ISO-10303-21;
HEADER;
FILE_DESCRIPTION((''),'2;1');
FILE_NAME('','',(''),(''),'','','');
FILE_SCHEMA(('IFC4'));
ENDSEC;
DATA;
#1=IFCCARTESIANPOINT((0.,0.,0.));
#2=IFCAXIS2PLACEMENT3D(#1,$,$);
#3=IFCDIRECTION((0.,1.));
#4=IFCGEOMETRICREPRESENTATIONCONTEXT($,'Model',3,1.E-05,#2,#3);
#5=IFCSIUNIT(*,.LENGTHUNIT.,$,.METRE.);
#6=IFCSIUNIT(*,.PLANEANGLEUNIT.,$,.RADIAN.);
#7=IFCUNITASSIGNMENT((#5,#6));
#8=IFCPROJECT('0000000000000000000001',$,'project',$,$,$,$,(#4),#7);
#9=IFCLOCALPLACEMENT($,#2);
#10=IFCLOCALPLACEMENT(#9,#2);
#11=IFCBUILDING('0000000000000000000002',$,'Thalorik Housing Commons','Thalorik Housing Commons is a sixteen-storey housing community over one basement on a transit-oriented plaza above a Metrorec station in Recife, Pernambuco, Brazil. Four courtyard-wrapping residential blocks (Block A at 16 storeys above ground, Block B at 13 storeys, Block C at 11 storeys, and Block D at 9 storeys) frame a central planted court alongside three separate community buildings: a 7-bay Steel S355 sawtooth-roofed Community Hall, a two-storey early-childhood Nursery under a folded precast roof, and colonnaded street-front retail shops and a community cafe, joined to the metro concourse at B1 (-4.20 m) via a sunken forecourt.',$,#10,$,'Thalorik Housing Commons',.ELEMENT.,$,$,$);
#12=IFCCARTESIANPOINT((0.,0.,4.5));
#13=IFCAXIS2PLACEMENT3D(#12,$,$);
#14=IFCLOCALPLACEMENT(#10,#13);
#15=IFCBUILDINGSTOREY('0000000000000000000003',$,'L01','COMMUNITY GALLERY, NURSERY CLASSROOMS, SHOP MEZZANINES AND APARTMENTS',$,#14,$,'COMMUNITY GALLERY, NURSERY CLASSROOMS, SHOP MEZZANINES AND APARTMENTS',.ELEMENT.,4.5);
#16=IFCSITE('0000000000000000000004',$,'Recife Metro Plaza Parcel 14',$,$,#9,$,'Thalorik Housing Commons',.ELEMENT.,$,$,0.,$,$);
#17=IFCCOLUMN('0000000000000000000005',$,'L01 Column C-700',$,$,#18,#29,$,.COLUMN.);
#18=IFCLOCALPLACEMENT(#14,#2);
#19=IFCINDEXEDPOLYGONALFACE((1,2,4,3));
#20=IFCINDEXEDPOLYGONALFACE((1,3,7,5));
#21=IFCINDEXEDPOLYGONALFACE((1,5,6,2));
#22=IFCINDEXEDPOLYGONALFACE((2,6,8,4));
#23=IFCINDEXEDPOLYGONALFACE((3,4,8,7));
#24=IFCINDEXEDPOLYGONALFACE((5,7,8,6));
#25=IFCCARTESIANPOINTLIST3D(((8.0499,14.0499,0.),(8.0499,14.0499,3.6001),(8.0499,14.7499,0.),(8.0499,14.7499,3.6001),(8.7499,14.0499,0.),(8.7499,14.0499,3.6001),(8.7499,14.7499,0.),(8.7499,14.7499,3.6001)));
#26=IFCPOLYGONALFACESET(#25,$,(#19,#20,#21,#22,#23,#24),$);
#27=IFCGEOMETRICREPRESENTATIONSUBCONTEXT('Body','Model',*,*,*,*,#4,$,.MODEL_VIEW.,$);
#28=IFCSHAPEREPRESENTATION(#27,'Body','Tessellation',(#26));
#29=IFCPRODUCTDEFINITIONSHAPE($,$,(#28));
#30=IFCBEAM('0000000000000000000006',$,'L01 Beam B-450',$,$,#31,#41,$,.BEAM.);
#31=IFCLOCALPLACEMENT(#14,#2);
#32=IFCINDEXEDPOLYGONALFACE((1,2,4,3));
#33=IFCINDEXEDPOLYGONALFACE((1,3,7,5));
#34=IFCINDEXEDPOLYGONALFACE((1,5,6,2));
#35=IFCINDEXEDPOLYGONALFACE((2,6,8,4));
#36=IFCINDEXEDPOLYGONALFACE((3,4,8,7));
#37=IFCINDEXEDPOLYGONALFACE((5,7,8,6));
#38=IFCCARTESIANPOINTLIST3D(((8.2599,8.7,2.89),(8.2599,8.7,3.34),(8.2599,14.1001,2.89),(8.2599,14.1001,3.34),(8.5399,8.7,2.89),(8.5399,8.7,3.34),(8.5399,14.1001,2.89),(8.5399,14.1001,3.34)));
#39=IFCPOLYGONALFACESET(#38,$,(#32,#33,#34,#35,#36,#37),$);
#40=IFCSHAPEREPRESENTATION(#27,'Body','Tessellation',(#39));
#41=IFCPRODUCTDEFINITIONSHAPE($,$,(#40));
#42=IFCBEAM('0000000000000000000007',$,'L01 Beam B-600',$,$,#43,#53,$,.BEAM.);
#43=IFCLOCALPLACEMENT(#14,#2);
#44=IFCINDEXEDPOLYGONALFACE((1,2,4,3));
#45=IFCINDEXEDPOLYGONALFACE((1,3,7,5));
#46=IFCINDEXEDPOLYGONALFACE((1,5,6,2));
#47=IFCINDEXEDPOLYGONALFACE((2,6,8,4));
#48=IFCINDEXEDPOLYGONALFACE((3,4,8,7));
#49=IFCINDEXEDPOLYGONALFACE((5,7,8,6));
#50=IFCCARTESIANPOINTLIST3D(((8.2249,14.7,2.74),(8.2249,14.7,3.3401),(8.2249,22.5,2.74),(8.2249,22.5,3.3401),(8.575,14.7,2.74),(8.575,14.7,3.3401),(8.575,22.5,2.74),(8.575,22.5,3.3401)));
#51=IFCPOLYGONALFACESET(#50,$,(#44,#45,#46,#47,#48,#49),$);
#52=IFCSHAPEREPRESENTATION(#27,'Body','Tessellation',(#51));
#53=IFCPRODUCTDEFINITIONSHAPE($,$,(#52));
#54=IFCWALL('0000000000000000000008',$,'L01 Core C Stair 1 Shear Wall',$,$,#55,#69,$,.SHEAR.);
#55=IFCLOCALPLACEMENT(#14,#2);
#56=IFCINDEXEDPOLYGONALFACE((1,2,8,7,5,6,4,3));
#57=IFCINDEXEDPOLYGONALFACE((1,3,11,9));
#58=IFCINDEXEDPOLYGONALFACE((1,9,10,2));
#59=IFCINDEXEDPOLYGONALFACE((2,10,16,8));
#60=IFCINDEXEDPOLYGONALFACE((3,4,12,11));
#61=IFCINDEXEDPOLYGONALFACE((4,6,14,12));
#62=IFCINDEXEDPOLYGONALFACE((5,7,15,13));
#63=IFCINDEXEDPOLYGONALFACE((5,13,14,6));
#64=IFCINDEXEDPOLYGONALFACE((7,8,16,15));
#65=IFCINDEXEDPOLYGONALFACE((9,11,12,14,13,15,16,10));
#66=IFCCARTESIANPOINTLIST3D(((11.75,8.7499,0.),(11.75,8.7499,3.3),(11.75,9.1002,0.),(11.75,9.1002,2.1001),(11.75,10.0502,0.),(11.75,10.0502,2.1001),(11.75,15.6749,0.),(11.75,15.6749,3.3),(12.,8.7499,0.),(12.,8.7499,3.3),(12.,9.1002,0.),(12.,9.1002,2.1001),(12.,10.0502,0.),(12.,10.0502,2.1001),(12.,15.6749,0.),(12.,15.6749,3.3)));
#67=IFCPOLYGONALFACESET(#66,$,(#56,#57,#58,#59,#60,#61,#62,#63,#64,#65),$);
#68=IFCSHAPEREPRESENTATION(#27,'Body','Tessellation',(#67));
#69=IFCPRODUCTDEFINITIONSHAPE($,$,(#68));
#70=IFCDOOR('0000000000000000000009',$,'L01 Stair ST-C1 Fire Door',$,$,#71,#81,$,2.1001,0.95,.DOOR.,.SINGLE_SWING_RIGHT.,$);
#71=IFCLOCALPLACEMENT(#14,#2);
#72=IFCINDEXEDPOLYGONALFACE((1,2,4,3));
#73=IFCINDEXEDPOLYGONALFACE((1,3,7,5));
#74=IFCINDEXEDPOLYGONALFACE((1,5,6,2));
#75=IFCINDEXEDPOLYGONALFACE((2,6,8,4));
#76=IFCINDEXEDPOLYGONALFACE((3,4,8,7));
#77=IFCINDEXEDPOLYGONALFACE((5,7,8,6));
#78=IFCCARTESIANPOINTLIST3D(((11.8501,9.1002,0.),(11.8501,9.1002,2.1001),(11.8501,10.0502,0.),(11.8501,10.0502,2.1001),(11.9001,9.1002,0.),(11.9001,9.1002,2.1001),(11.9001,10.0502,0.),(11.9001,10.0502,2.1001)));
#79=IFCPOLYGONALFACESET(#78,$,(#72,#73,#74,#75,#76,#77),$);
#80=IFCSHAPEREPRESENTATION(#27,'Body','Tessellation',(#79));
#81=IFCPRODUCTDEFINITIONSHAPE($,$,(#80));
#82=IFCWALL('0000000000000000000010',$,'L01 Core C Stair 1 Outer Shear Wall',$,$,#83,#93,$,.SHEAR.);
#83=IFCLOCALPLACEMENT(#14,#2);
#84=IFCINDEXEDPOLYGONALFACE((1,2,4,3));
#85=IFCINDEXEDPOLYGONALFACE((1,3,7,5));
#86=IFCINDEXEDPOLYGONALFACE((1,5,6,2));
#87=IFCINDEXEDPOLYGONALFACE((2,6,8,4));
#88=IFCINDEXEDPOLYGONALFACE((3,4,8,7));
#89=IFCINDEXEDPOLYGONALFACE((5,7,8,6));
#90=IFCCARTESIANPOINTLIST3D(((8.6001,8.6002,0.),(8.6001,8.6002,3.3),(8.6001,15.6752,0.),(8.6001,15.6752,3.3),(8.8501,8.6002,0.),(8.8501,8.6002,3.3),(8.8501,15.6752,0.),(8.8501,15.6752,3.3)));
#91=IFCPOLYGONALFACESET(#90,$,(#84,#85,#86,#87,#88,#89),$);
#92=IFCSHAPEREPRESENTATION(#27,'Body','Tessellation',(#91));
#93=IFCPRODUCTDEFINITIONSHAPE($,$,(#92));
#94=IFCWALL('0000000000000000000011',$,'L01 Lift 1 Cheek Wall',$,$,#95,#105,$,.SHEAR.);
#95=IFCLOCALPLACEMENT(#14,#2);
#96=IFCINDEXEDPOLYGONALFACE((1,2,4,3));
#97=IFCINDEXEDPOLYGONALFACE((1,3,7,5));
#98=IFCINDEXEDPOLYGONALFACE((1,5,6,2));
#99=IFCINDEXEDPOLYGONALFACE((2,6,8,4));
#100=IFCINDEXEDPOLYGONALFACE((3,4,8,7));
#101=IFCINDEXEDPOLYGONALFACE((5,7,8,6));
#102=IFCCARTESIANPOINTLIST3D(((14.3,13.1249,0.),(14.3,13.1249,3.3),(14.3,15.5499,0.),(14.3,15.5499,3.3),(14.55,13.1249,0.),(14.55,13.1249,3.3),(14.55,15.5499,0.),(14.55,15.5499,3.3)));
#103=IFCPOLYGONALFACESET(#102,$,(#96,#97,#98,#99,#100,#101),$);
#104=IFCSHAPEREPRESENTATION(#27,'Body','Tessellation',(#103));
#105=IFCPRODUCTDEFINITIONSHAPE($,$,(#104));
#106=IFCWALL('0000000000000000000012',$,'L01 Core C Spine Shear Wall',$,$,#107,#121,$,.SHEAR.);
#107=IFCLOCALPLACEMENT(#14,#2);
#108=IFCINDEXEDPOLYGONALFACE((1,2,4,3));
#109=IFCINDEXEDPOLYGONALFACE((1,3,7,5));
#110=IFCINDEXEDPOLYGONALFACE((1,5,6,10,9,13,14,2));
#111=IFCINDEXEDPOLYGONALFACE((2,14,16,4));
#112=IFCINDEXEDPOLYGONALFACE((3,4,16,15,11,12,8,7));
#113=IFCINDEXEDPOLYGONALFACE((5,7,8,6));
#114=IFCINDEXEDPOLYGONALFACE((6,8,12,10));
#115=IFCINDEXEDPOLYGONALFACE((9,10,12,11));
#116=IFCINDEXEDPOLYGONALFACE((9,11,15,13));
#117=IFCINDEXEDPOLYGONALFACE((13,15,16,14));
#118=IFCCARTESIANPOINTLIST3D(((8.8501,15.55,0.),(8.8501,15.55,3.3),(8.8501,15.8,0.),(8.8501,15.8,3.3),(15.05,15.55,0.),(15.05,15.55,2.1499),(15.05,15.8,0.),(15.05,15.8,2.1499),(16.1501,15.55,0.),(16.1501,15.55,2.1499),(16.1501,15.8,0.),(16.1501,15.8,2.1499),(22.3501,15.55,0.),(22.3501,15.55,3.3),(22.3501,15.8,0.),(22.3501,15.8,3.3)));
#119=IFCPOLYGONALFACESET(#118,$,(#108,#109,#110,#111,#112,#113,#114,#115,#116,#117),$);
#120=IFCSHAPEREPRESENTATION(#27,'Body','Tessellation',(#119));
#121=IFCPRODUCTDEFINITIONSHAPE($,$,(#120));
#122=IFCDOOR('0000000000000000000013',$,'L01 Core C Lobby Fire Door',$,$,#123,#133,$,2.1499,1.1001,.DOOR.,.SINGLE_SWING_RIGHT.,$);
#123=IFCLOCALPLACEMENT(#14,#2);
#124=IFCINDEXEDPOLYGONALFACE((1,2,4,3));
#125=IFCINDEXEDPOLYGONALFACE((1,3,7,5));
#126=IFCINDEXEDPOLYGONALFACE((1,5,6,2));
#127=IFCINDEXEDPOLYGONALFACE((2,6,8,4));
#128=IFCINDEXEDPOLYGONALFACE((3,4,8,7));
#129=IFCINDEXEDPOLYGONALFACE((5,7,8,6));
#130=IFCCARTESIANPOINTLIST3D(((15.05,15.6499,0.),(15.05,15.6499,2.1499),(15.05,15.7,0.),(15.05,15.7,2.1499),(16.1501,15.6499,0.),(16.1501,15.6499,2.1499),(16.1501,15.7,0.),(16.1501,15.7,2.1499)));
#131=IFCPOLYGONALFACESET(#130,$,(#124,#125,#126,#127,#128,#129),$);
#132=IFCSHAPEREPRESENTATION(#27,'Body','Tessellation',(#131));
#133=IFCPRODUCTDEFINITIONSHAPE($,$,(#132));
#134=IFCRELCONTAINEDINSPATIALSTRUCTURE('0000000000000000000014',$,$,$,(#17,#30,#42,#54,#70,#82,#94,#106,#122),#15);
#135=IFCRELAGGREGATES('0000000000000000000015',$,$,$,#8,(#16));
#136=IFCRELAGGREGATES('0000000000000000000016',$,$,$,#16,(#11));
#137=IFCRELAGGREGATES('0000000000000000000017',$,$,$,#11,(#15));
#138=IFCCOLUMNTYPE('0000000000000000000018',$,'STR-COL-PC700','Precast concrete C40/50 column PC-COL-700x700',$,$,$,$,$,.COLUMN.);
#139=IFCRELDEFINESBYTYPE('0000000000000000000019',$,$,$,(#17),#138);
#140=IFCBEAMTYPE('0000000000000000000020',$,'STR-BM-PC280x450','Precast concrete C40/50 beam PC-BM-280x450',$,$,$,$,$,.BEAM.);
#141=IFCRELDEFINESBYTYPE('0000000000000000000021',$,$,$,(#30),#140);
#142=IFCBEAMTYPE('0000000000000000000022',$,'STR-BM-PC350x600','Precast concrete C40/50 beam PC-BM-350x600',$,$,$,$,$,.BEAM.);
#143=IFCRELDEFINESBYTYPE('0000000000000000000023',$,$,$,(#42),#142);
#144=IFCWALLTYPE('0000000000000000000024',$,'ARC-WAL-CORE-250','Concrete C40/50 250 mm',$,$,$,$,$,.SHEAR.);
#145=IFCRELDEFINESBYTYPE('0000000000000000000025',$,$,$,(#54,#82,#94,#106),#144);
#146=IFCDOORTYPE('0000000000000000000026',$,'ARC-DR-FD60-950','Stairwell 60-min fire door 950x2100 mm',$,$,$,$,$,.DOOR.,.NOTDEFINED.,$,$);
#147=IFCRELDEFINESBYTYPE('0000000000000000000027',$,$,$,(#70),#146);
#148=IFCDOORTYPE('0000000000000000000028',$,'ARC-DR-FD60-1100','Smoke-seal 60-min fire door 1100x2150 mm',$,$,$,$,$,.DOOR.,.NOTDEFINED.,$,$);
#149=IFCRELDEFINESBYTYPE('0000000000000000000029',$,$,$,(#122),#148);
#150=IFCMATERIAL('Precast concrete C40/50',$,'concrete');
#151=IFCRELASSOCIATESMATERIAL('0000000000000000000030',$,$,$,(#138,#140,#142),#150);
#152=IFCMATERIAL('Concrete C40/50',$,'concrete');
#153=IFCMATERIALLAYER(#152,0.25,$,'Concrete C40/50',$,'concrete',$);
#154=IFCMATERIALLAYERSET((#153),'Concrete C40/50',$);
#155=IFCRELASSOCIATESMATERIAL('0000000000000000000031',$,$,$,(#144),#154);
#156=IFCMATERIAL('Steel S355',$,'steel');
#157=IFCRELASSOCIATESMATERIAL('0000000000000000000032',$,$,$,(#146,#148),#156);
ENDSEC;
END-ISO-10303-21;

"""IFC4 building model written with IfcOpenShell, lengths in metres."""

from ifc_helpers import new_model, si_unit, direction, frame, frame_2d, origin, origin_2d, place, context, subcontext, project, spatial, rectangle, extrude, material, layer, layer_set, material_profile, profile_set, type_object, element, fill, save


model = new_model("IFC4")

# Units and contexts
model_context = context("Model", 3, precision=1e-05, world=origin(), true_north=direction((0.0, 1.0)))
body_context = subcontext(model_context, "Body", "Model", "MODEL_VIEW")
ifc_project = project(units=[si_unit("LENGTHUNIT", "METRE"), si_unit("PLANEANGLEUNIT", "RADIAN")], contexts=[model_context])

# Site, building, storey
site_placement = place(None, origin())
site = spatial("IfcSite", under=ifc_project, at=site_placement, Name="Recife Metro Plaza Parcel 14", LongName="Thalorik Housing Commons", CompositionType="ELEMENT", RefElevation=0.0)
building_placement = place(site_placement, origin())
building = spatial("IfcBuilding", under=site, at=building_placement, Name="Thalorik Housing Commons", Description="Thalorik Housing Commons is a sixteen-storey housing community over one basement on a transit-oriented plaza above a Metrorec station in Recife, Pernambuco, Brazil. Four courtyard-wrapping residential blocks (Block A at 16 storeys above ground, Block B at 13 storeys, Block C at 11 storeys, and Block D at 9 storeys) frame a central planted court alongside three separate community buildings: a 7-bay Steel S355 sawtooth-roofed Community Hall, a two-storey early-childhood Nursery under a folded precast roof, and colonnaded street-front retail shops and a community cafe, joined to the metro concourse at B1 (-4.20 m) via a sunken forecourt.", LongName="Thalorik Housing Commons", CompositionType="ELEMENT")
storey_placement = place(building_placement, frame((0.0, 0.0, 4.5)))
storey = spatial("IfcBuildingStorey", under=building, at=storey_placement, Name="L01", Description="COMMUNITY GALLERY, NURSERY CLASSROOMS, SHOP MEZZANINES AND APARTMENTS", LongName="COMMUNITY GALLERY, NURSERY CLASSROOMS, SHOP MEZZANINES AND APARTMENTS", CompositionType="ELEMENT", Elevation=4.5)

# Column
ifc_material_1 = material(Name="Precast concrete C40/50", Category="concrete")
ifc_material_profile_1 = material_profile(ifc_material_1, rectangle(XDim=0.7, YDim=0.7, at=origin_2d()), Name="PC 700x700", Category="concrete")
ifc_profile_set_1 = profile_set([ifc_material_profile_1], Name="Precast concrete C40/50")
column_type = type_object("IfcColumnType", Name="STR-COL-PC700", Description="Precast concrete C40/50 column PC-COL-700x700", PredefinedType="COLUMN", material=ifc_profile_set_1)
column_placement = place(storey_placement, frame((8.3999, 14.3999, 0.0), z_axis=(0.0, 0.0, 1.0), x_axis=(1.0, 0.0, 0.0)))
element("IfcColumn", 1, at=column_placement, inside=storey, type_object=column_type, Name="L01 Column C-700", PredefinedType="COLUMN", context=body_context, shape_type="SweptSolid", body=[
    extrude(rectangle(XDim=0.7, YDim=0.7, at=origin_2d()), origin(), (0.0, 0.0, 1.0), 3.6001),
])

# Beams
ifc_material_profile_2 = material_profile(ifc_material_1, rectangle(XDim=0.28, YDim=0.45, at=origin_2d()), Name="PC 280x450", Category="concrete")
ifc_profile_set_2 = profile_set([ifc_material_profile_2], Name="Precast concrete C40/50")
beam_type_1 = type_object("IfcBeamType", Name="STR-BM-PC280x450", Description="Precast concrete C40/50 beam PC-BM-280x450", PredefinedType="BEAM", material=ifc_profile_set_2)
beam_1_placement = place(storey_placement, frame((8.3999, 8.7, 3.115), z_axis=(0.0, 1.0, 0.0), x_axis=(-1.0, 0.0, 0.0)))
element("IfcBeam", 2, at=beam_1_placement, inside=storey, type_object=beam_type_1, Name="L01 Beam B-450", PredefinedType="BEAM", context=body_context, shape_type="SweptSolid", body=[
    extrude(rectangle(XDim=0.28, YDim=0.45, at=origin_2d()), origin(), (0.0, 0.0, 1.0), 5.4001),
])
ifc_material_profile_3 = material_profile(ifc_material_1, rectangle(XDim=0.3501, YDim=0.6001, at=origin_2d()), Name="PC 350x600", Category="concrete")
ifc_profile_set_3 = profile_set([ifc_material_profile_3], Name="Precast concrete C40/50")
beam_type_2 = type_object("IfcBeamType", Name="STR-BM-PC350x600", Description="Precast concrete C40/50 beam PC-BM-350x600", PredefinedType="BEAM", material=ifc_profile_set_3)
beam_2_placement = place(storey_placement, frame((8.3999, 14.7, 3.04), z_axis=(0.0, 1.0, 0.0), x_axis=(-1.0, 0.0, 0.0)))
element("IfcBeam", 3, at=beam_2_placement, inside=storey, type_object=beam_type_2, Name="L01 Beam B-600", PredefinedType="BEAM", context=body_context, shape_type="SweptSolid", body=[
    extrude(rectangle(XDim=0.3501, YDim=0.6001, at=origin_2d()), origin(), (0.0, 0.0, 1.0), 7.8),
])

# Wall, opening, door
ifc_material_2 = material(Name="Concrete C40/50", Category="concrete")
ifc_layer_1 = layer(ifc_material_2, 0.25, Name="Concrete C40/50", Category="concrete")
ifc_layer_set_1 = layer_set([ifc_layer_1], Name="Concrete C40/50")
wall_type_1 = type_object("IfcWallType", Name="ARC-WAL-CORE-250", Description="Concrete C40/50 250 mm", PredefinedType="SHEAR", material=ifc_layer_set_1)
wall_1_placement = place(storey_placement, frame((11.875, 8.75, 0.0), z_axis=(0.0, 0.0, 1.0), x_axis=(0.0, 1.0, 0.0)))
wall_1 = element("IfcWall", 4, at=wall_1_placement, inside=storey, type_object=wall_type_1, Name="L01 Core C Stair 1 Shear Wall", PredefinedType="SHEAR", context=body_context, shape_type="SweptSolid", body=[
    extrude(rectangle(XDim=6.925, YDim=0.25, at=frame_2d((3.4624, 0.0))), origin(), (0.0, 0.0, 1.0), 3.3),
])
opening_1_placement = place(wall_1_placement, frame((0.3501, 0.0, 0.0)))
opening_1 = element("IfcOpeningElement", 5, at=opening_1_placement, cuts=wall_1, PredefinedType="OPENING", context=body_context, shape_type="SweptSolid", body=[
    extrude(rectangle(XDim=0.95, YDim=2.1001, at=frame_2d((0.4751, 1.05))), frame((0.0, 0.135, 0.0), z_axis=(0.0, -1.0, 0.0), x_axis=(1.0, 0.0, 0.0)), (0.0, 0.0, 1.0), 0.27),
])
ifc_material_3 = material(Name="Steel S355", Category="steel")
door_type_1 = type_object("IfcDoorType", Name="ARC-DR-FD60-950", Description="Stairwell 60-min fire door 950x2100 mm", OperationType="NOTDEFINED", PredefinedType="DOOR", material=ifc_material_3)
door_1_placement = place(opening_1_placement, origin())
door_1 = element("IfcDoor", 6, at=door_1_placement, inside=storey, type_object=door_type_1, Name="L01 Stair ST-C1 Fire Door", OperationType="SINGLE_SWING_RIGHT", OverallHeight=2.1001, OverallWidth=0.95, PredefinedType="DOOR", context=body_context, shape_type="SweptSolid", body=[
    extrude(rectangle(XDim=0.95, YDim=2.1001, at=frame_2d((0.4751, 1.05))), frame((0.0, 0.0249, 0.0), z_axis=(0.0, -1.0, 0.0), x_axis=(1.0, 0.0, 0.0)), (0.0, 0.0, 1.0), 0.05),
])
fill(opening_1, door_1)

# Wall
wall_2_placement = place(storey_placement, frame((8.7251, 8.6001, 0.0), z_axis=(0.0, 0.0, 1.0), x_axis=(0.0, 1.0, 0.0)))
element("IfcWall", 7, at=wall_2_placement, inside=storey, type_object=wall_type_1, Name="L01 Core C Stair 1 Outer Shear Wall", PredefinedType="SHEAR", context=body_context, shape_type="SweptSolid", body=[
    extrude(rectangle(XDim=7.075, YDim=0.25, at=frame_2d((3.5376, 0.0))), origin(), (0.0, 0.0, 1.0), 3.3),
])

# Wall
wall_3_placement = place(storey_placement, frame((14.425, 13.125, 0.0), z_axis=(0.0, 0.0, 1.0), x_axis=(0.0, 1.0, 0.0)))
element("IfcWall", 8, at=wall_3_placement, inside=storey, type_object=wall_type_1, Name="L01 Lift 1 Cheek Wall", PredefinedType="SHEAR", context=body_context, shape_type="SweptSolid", body=[
    extrude(rectangle(XDim=2.425, YDim=0.25, at=frame_2d((1.2124, 0.0))), origin(), (0.0, 0.0, 1.0), 3.3),
])

# Wall, opening, door
wall_4_placement = place(storey_placement, frame((8.8501, 15.675, 0.0), z_axis=(0.0, 0.0, 1.0), x_axis=(1.0, 0.0, 0.0)))
wall_4 = element("IfcWall", 9, at=wall_4_placement, inside=storey, type_object=wall_type_1, Name="L01 Core C Spine Shear Wall", PredefinedType="SHEAR", context=body_context, shape_type="SweptSolid", body=[
    extrude(rectangle(XDim=13.5, YDim=0.25, at=frame_2d((6.75, 0.0))), origin(), (0.0, 0.0, 1.0), 3.3),
])
opening_2_placement = place(wall_4_placement, frame((6.2, 0.0, 0.0)))
opening_2 = element("IfcOpeningElement", 10, at=opening_2_placement, cuts=wall_4, PredefinedType="OPENING", context=body_context, shape_type="SweptSolid", body=[
    extrude(rectangle(XDim=1.1001, YDim=2.1499, at=frame_2d((0.55, 1.075))), frame((0.0, 0.135, 0.0), z_axis=(0.0, -1.0, 0.0), x_axis=(1.0, 0.0, 0.0)), (0.0, 0.0, 1.0), 0.27),
])
door_type_2 = type_object("IfcDoorType", Name="ARC-DR-FD60-1100", Description="Smoke-seal 60-min fire door 1100x2150 mm", OperationType="NOTDEFINED", PredefinedType="DOOR", material=ifc_material_3)
door_2_placement = place(opening_2_placement, origin())
door_2 = element("IfcDoor", 11, at=door_2_placement, inside=storey, type_object=door_type_2, Name="L01 Core C Lobby Fire Door", OperationType="SINGLE_SWING_RIGHT", OverallHeight=2.1499, OverallWidth=1.1001, PredefinedType="DOOR", context=body_context, shape_type="SweptSolid", body=[
    extrude(rectangle(XDim=1.1001, YDim=2.1499, at=frame_2d((0.55, 1.075))), frame((0.0, 0.0249, 0.0), z_axis=(0.0, -1.0, 0.0), x_axis=(1.0, 0.0, 0.0)), (0.0, 0.0, 1.0), 0.05),
])
fill(opening_2, door_2)

save(model, "model.ifc")
